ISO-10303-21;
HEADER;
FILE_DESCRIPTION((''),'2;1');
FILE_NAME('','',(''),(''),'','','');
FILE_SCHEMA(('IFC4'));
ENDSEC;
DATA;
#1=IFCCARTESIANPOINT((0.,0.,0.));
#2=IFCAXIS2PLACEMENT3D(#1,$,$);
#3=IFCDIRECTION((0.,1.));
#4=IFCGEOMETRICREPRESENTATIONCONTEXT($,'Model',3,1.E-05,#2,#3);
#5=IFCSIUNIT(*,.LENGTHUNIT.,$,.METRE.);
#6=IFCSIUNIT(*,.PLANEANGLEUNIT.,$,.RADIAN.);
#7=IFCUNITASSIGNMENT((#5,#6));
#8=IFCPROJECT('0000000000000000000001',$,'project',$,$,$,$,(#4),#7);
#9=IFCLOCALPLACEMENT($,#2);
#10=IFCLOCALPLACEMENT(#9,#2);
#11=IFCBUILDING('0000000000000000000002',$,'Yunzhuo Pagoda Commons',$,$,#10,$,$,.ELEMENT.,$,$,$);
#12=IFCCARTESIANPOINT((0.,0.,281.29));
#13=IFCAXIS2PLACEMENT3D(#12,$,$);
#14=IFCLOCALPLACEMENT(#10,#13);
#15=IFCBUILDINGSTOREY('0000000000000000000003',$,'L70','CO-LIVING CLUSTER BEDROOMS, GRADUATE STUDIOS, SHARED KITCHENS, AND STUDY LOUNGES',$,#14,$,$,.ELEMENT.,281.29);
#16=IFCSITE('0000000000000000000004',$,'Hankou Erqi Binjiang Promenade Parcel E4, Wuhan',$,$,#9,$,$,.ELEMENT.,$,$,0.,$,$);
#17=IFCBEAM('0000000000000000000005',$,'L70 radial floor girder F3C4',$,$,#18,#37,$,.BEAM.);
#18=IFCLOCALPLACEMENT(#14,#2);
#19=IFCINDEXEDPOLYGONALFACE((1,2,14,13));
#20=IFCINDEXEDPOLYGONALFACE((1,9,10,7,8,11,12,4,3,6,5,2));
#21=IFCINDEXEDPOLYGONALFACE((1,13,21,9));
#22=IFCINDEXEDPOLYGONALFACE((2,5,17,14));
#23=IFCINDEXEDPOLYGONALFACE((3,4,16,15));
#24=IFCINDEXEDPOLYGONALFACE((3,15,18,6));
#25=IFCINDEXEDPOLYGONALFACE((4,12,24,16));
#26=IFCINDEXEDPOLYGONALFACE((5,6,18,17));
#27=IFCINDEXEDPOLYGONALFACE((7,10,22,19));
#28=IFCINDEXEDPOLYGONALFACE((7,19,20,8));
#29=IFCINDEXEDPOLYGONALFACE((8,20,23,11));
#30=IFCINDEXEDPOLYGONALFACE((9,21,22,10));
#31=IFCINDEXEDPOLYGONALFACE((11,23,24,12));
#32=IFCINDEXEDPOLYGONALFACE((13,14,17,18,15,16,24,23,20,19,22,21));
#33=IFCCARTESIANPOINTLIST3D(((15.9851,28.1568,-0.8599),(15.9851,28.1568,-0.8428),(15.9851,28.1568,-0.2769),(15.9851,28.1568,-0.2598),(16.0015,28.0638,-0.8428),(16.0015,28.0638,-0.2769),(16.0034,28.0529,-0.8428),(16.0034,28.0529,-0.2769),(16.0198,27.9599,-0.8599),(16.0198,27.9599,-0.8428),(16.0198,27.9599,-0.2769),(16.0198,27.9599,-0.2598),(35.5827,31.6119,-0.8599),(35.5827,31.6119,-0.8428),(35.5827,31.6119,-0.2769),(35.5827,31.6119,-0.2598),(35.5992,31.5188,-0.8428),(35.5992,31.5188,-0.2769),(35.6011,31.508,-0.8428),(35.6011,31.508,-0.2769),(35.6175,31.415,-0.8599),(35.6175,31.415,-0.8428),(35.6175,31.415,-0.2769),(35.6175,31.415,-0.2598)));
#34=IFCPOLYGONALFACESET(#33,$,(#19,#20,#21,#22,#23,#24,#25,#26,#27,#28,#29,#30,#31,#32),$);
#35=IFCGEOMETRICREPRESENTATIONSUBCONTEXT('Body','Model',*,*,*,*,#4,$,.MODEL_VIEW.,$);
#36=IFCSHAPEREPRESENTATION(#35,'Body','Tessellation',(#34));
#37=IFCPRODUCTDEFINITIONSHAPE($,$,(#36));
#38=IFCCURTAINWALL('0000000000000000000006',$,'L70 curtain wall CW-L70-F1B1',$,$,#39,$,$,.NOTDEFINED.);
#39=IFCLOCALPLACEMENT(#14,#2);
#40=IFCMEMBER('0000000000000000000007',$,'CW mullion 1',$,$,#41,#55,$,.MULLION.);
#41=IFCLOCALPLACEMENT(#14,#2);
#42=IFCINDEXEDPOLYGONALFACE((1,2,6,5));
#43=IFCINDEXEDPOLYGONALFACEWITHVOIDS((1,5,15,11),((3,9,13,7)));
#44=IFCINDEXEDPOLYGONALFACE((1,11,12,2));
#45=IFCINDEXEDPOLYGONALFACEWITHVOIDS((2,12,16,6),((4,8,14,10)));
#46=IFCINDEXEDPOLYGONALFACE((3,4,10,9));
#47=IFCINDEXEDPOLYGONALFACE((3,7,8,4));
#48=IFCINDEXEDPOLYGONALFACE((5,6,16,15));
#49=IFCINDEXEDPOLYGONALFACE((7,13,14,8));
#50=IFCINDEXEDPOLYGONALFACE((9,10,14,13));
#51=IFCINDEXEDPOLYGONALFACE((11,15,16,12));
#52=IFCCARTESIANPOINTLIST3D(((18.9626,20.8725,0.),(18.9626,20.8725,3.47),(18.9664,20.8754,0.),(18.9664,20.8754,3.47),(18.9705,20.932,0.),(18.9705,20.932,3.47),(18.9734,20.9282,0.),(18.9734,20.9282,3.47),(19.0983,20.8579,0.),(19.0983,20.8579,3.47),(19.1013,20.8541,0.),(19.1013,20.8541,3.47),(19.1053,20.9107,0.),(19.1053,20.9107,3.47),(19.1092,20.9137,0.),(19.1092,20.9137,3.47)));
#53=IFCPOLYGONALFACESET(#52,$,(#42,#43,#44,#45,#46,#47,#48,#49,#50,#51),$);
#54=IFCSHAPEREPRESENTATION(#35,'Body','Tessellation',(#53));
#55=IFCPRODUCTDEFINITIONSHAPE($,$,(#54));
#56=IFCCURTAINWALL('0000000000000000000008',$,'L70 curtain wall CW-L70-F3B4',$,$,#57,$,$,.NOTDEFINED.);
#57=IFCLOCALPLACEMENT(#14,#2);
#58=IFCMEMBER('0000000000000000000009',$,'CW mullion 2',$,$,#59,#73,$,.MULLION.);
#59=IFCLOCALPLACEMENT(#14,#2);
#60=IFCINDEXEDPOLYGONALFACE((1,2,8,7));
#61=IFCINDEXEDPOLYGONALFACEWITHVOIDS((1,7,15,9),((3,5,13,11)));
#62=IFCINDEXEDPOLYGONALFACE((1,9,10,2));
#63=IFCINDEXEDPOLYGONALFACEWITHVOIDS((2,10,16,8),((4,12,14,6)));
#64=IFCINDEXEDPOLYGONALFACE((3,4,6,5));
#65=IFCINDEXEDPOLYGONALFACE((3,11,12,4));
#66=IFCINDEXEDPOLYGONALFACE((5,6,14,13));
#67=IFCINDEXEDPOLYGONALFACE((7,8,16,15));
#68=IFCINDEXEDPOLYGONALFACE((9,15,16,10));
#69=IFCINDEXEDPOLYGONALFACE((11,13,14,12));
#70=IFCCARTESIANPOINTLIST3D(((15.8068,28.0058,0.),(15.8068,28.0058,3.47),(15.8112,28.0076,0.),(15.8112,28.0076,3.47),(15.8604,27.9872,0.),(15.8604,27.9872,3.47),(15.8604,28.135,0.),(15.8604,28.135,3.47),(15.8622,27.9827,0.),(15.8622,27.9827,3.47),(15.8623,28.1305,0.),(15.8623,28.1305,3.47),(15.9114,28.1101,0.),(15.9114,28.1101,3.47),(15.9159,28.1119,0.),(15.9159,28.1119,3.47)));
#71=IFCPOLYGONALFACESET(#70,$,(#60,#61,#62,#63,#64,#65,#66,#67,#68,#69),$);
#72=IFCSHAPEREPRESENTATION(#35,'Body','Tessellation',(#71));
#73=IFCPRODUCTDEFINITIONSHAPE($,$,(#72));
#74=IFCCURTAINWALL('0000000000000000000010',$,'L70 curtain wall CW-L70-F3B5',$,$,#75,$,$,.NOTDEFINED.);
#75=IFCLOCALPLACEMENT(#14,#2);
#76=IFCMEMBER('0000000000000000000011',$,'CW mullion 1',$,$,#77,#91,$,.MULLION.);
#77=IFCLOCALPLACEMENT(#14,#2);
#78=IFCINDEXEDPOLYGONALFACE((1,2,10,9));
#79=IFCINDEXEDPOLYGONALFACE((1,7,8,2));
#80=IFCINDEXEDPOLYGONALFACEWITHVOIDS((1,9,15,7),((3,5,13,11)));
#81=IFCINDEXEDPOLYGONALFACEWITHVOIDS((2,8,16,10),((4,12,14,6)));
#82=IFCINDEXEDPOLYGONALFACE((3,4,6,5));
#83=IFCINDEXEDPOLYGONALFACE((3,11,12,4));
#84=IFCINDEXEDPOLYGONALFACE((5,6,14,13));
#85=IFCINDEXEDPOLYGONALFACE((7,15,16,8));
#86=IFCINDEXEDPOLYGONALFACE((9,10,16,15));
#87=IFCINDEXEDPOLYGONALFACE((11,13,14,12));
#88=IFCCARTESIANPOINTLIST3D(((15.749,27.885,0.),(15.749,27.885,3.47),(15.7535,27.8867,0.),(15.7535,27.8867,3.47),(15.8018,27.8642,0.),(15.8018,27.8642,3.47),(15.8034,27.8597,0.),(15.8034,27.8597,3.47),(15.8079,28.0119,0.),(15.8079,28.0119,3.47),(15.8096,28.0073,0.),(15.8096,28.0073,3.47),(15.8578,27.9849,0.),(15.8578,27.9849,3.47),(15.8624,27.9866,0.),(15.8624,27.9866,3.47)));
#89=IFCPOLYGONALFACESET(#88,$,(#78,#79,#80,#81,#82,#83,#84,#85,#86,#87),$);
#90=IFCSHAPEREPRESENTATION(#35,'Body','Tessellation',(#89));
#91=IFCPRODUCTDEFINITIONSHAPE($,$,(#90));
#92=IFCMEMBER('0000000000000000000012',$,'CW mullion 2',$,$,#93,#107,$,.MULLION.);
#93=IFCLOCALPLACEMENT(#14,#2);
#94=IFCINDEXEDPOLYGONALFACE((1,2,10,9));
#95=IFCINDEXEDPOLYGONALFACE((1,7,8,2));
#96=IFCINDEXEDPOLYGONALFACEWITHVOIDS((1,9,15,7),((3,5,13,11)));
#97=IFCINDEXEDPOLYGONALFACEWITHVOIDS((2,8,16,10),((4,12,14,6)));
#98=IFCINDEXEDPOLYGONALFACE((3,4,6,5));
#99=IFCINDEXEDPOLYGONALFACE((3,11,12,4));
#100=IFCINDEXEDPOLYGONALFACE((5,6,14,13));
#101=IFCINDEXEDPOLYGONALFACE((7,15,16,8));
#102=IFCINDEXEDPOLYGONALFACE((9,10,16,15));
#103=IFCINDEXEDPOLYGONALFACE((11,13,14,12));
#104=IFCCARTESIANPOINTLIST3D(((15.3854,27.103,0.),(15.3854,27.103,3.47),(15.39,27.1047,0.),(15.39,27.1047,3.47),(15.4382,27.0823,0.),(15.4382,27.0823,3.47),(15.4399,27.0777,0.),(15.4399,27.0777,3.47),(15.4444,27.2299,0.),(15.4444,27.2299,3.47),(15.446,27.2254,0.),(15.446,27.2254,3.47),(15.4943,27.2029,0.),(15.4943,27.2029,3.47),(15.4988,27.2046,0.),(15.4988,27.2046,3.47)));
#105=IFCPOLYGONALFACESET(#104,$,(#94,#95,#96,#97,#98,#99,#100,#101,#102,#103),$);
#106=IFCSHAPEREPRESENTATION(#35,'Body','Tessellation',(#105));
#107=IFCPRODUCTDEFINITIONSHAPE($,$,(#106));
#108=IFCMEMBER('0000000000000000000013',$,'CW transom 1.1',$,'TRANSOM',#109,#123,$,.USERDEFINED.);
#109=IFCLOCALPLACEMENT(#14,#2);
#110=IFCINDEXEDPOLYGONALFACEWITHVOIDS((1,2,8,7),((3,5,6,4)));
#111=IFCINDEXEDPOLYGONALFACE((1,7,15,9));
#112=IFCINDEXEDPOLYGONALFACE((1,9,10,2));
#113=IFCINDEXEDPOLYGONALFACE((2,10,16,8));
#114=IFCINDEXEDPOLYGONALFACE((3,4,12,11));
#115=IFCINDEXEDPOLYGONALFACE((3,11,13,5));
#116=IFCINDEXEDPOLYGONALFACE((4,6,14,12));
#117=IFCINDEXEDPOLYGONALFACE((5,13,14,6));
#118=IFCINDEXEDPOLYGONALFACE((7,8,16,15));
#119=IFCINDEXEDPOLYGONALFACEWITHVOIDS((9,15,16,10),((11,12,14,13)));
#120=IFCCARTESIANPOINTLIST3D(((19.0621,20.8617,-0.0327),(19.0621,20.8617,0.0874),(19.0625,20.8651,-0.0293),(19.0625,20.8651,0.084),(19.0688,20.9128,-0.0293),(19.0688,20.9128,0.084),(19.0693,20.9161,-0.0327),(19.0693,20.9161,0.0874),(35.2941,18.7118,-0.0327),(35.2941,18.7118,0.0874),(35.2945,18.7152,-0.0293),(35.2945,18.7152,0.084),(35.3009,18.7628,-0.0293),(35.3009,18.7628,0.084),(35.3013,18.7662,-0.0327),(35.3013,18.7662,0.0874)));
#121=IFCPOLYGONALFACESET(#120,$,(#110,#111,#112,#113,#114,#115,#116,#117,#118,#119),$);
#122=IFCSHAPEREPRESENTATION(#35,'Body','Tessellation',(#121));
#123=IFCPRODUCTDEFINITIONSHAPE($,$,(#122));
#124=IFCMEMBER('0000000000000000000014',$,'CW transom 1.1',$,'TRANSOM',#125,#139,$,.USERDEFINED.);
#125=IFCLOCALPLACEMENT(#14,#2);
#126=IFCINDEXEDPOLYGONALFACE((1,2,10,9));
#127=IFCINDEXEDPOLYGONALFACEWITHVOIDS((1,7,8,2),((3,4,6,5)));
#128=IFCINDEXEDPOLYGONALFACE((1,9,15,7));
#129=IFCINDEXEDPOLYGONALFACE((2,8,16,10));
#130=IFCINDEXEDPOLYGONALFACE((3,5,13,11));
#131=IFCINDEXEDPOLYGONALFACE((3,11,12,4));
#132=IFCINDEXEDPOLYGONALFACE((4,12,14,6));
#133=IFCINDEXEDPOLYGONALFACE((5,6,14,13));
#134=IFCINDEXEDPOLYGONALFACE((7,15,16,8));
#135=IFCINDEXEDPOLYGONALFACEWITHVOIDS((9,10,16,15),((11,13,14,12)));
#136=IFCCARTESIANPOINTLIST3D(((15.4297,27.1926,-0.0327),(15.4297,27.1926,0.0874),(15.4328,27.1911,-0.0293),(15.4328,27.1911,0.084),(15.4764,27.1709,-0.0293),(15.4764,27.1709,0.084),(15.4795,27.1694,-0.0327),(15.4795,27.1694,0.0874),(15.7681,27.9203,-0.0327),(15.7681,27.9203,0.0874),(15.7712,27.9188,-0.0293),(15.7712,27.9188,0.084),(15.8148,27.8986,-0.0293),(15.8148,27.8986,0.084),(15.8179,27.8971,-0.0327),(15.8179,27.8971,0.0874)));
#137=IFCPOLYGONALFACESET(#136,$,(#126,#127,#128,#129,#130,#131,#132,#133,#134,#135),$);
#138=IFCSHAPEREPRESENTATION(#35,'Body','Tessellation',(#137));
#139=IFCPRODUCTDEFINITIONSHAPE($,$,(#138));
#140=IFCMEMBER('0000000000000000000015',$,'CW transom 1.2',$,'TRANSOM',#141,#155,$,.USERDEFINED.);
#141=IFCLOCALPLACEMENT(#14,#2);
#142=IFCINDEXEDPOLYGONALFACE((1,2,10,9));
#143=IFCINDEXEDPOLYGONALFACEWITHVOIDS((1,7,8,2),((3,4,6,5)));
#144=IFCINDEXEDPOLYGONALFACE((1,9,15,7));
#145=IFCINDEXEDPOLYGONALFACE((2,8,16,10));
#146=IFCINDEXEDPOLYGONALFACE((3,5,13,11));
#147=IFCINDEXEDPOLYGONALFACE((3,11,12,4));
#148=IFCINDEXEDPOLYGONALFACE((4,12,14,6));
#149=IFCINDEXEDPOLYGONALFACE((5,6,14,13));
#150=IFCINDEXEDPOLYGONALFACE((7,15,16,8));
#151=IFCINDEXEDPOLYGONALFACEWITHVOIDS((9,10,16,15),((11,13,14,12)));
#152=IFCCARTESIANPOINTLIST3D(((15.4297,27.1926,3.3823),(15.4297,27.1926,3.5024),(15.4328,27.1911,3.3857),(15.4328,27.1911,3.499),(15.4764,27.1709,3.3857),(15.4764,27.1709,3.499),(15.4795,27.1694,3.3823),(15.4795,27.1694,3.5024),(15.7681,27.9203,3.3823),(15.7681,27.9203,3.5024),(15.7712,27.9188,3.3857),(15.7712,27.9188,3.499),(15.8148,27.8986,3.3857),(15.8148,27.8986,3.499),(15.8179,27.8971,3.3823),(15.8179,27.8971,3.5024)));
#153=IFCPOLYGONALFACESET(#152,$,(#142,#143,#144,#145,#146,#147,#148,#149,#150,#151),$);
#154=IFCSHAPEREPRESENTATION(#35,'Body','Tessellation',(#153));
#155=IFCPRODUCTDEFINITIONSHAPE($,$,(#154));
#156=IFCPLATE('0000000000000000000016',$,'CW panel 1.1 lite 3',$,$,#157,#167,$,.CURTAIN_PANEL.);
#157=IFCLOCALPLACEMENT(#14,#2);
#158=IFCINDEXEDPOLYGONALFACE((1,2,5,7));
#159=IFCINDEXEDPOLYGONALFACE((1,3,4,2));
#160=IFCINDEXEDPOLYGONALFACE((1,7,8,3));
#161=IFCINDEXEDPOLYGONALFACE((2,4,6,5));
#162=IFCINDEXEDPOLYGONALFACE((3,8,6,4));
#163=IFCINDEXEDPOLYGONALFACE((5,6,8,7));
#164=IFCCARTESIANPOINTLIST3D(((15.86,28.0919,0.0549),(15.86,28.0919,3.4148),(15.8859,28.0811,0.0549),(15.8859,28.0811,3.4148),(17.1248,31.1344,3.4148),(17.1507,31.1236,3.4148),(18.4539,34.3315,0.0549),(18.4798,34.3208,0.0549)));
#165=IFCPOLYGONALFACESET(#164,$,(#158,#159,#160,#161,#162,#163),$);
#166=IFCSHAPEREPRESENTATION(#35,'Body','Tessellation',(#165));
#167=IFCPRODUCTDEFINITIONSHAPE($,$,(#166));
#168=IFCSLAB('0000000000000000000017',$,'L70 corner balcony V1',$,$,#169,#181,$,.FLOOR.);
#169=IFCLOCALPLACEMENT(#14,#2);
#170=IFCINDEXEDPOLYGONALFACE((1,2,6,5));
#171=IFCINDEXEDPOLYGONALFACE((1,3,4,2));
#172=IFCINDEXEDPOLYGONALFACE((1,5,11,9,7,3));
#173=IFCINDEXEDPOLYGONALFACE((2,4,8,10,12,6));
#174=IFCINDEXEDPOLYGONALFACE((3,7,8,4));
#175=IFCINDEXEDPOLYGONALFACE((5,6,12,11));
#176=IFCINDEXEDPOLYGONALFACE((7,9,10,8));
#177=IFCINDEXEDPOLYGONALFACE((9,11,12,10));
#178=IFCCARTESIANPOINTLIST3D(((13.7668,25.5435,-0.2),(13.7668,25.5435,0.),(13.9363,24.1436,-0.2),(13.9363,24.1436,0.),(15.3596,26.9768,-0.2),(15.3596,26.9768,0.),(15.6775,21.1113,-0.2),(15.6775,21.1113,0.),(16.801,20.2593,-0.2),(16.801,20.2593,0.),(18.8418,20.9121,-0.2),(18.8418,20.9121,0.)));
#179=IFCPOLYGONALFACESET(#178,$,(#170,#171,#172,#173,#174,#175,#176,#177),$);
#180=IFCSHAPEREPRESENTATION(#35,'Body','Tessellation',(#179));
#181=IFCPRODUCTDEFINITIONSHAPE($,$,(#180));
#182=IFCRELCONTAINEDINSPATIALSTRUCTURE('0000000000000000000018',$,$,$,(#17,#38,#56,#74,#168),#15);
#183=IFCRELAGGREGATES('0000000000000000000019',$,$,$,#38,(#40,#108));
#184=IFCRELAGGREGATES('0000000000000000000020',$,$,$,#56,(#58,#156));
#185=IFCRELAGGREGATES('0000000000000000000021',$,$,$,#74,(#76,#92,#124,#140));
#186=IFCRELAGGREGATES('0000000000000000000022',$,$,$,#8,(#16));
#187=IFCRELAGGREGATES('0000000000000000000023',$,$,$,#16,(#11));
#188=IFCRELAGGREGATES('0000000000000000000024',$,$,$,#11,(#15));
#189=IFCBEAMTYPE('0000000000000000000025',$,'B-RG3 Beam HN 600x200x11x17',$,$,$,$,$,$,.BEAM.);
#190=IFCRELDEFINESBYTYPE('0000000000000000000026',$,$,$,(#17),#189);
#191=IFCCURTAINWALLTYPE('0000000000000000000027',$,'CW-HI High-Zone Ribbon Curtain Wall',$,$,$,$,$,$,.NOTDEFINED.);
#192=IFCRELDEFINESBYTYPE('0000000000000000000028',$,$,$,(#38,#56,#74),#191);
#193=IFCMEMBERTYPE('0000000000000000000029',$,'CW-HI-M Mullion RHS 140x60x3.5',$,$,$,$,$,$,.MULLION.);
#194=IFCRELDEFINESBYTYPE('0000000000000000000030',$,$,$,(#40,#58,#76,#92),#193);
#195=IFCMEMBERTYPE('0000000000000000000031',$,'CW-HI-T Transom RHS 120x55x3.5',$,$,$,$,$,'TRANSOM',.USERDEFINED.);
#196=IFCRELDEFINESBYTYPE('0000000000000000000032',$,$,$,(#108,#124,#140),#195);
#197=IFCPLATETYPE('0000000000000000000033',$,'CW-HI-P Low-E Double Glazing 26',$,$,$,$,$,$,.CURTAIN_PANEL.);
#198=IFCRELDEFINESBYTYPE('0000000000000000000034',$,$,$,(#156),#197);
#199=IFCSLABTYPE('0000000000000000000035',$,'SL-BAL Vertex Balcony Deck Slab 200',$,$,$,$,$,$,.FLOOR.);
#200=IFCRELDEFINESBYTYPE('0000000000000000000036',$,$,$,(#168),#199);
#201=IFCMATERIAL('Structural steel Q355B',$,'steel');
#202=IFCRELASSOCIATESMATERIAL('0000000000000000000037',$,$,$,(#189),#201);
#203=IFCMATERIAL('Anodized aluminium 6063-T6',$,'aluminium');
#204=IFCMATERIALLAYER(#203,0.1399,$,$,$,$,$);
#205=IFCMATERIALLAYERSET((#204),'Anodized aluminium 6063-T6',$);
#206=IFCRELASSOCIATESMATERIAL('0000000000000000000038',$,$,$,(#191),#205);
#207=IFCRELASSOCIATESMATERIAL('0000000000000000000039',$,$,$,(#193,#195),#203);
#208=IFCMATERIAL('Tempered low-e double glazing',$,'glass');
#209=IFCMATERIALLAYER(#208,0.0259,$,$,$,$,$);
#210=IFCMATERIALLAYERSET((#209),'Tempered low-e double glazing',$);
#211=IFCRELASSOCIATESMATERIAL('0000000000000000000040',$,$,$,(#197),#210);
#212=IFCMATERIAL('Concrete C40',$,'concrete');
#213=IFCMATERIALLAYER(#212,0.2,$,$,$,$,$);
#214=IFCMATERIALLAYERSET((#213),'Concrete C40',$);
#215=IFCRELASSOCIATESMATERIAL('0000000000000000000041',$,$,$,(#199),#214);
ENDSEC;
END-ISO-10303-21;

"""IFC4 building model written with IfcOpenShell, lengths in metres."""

from ifc_helpers import new_model, si_unit, direction, frame, origin, origin_2d, place, context, subcontext, project, spatial, polyline, hollow_rectangle, i_section, outline, extrude, source, transform, mapped, material, layer, layer_set, material_profile, profile_set, type_object, element, aggregate, save


model = new_model("IFC4")

# Units and contexts
model_context = context("Model", 3, precision=1e-05, world=origin(), true_north=direction((0.0, 1.0)))
body_context = subcontext(model_context, "Body", "Model", "MODEL_VIEW")
ifc_project = project(units=[si_unit("LENGTHUNIT", "METRE"), si_unit("PLANEANGLEUNIT", "RADIAN")], contexts=[model_context])

# Site, building, storey
site_placement = place(None, origin())
site = spatial("IfcSite", under=ifc_project, at=site_placement, Name="Hankou Erqi Binjiang Promenade Parcel E4, Wuhan", CompositionType="ELEMENT", RefElevation=0.0)
building_placement = place(site_placement, origin())
building = spatial("IfcBuilding", under=site, at=building_placement, Name="Yunzhuo Pagoda Commons", CompositionType="ELEMENT")
storey_placement = place(building_placement, frame((0.0, 0.0, 281.29)))
storey = spatial("IfcBuildingStorey", under=building, at=storey_placement, Name="L70", Description="CO-LIVING CLUSTER BEDROOMS, GRADUATE STUDIOS, SHARED KITCHENS, AND STUDY LOUNGES", CompositionType="ELEMENT", Elevation=281.29)

# Beam
ifc_material_1 = material(Name="Structural steel Q355B", Category="steel")
ifc_material_profile_1 = material_profile(ifc_material_1, i_section(OverallWidth=0.2, OverallDepth=0.6001, WebThickness=0.011, FlangeThickness=0.0171, at=origin_2d()), Name="Structural steel Q355B")
ifc_profile_set_1 = profile_set([ifc_material_profile_1], Name="Structural steel Q355B")
beam_type = type_object("IfcBeamType", Name="B-RG3 Beam HN 600x200x11x17", PredefinedType="BEAM", material=ifc_profile_set_1)
shared_shape_1 = source(origin(), body_context, "Body", "SweptSolid", [
    extrude(i_section(OverallWidth=0.2, OverallDepth=0.6001, WebThickness=0.011, FlangeThickness=0.0171, at=origin_2d()), origin(), (0.0, 0.0, 1.0), 19.8999),
])
beam_placement = place(storey_placement, frame((16.0024, 28.0583, -0.5598), z_axis=(0.984812, 0.173623, 0.0), x_axis=(-0.173623, 0.984812, 0.0)))
element("IfcBeam", 1, at=beam_placement, inside=storey, type_object=beam_type, Name="L70 radial floor girder F3C4", PredefinedType="BEAM", context=body_context, shape_type="MappedRepresentation", body=[
    mapped(shared_shape_1, transform((0.0, 0.0, 0.0), scale=1.0)),
])

# Curtain walls, members
ifc_material_2 = material(Name="Anodized aluminium 6063-T6", Category="aluminium")
ifc_layer_1 = layer(ifc_material_2, 0.1399)
ifc_layer_set_1 = layer_set([ifc_layer_1], Name="Anodized aluminium 6063-T6")
curtain_wall_type = type_object("IfcCurtainWallType", Name="CW-HI High-Zone Ribbon Curtain Wall", PredefinedType="NOTDEFINED", material=ifc_layer_set_1)
curtain_wall_1_placement = place(storey_placement, origin())
curtain_wall_1 = element("IfcCurtainWall", 2, at=curtain_wall_1_placement, inside=storey, type_object=curtain_wall_type, Name="L70 curtain wall CW-L70-F1B1", PredefinedType="NOTDEFINED")
ifc_material_profile_2 = material_profile(ifc_material_2, hollow_rectangle(XDim=0.0601, YDim=0.1399, WallThickness=0.0034, at=origin_2d()), Name="Anodized aluminium 6063-T6")
ifc_profile_set_2 = profile_set([ifc_material_profile_2], Name="Anodized aluminium 6063-T6")
member_type_1 = type_object("IfcMemberType", Name="CW-HI-M Mullion RHS 140x60x3.5", PredefinedType="MULLION", material=ifc_profile_set_2)
shared_shape_2 = source(origin(), body_context, "Body", "SweptSolid", [
    extrude(hollow_rectangle(XDim=0.0601, YDim=0.1399, WallThickness=0.0034, at=origin_2d()), origin(), (0.0, 0.0, 1.0), 3.47),
])
member_1_placement = place(storey_placement, frame((19.0359, 20.8931, 0.0), z_axis=(0.0, 0.0, 1.0), x_axis=(0.131311, 0.991341, 0.0)))
member_1 = element("IfcMember", 3, at=member_1_placement, type_object=member_type_1, Name="CW mullion 1", PredefinedType="MULLION", context=body_context, shape_type="MappedRepresentation", body=[
    mapped(shared_shape_2, transform((0.0, 0.0, 0.0), scale=1.0)),
])
curtain_wall_2_placement = place(storey_placement, origin())
curtain_wall_2 = element("IfcCurtainWall", 4, at=curtain_wall_2_placement, inside=storey, type_object=curtain_wall_type, Name="L70 curtain wall CW-L70-F3B4", PredefinedType="NOTDEFINED")
member_2_placement = place(storey_placement, frame((15.8613, 28.0588, 0.0), z_axis=(0.0, 0.0, 1.0), x_axis=(0.923394, -0.383855, 0.0)))
member_2 = element("IfcMember", 5, at=member_2_placement, type_object=member_type_1, Name="CW mullion 2", PredefinedType="MULLION", context=body_context, shape_type="MappedRepresentation", body=[
    mapped(shared_shape_2, transform((0.0, 0.0, 0.0), scale=1.0)),
])

# Curtain wall, members
curtain_wall_3_placement = place(storey_placement, origin())
curtain_wall_3 = element("IfcCurtainWall", 6, at=curtain_wall_3_placement, inside=storey, type_object=curtain_wall_type, Name="L70 curtain wall CW-L70-F3B5", PredefinedType="NOTDEFINED")
member_3_placement = place(storey_placement, frame((15.8057, 27.9358, 0.0), z_axis=(0.0, 0.0, 1.0), x_axis=(0.906871, -0.421407, 0.0)))
member_3 = element("IfcMember", 7, at=member_3_placement, type_object=member_type_1, Name="CW mullion 1", PredefinedType="MULLION", context=body_context, shape_type="MappedRepresentation", body=[
    mapped(shared_shape_2, transform((0.0, 0.0, 0.0), scale=1.0)),
])
member_4_placement = place(storey_placement, frame((15.4421, 27.1538, 0.0), z_axis=(0.0, 0.0, 1.0), x_axis=(0.906871, -0.421407, 0.0)))
member_4 = element("IfcMember", 8, at=member_4_placement, type_object=member_type_1, Name="CW mullion 2", PredefinedType="MULLION", context=body_context, shape_type="MappedRepresentation", body=[
    mapped(shared_shape_2, transform((0.0, 0.0, 0.0), scale=1.0)),
])

# Members
ifc_material_profile_3 = material_profile(ifc_material_2, hollow_rectangle(XDim=0.0549, YDim=0.1201, WallThickness=0.0034, at=origin_2d()), Name="Anodized aluminium 6063-T6")
ifc_profile_set_3 = profile_set([ifc_material_profile_3], Name="Anodized aluminium 6063-T6")
member_type_2 = type_object("IfcMemberType", Name="CW-HI-T Transom RHS 120x55x3.5", ElementType="TRANSOM", PredefinedType="USERDEFINED", material=ifc_profile_set_3)
shared_shape_3 = source(origin(), body_context, "Body", "SweptSolid", [
    extrude(hollow_rectangle(XDim=0.0549, YDim=0.1201, WallThickness=0.0034, at=origin_2d()), origin(), (0.0, 0.0, 1.0), 16.3738),
])
member_5_placement = place(storey_placement, frame((19.0657, 20.8889, 0.0273), z_axis=(0.991342, -0.131302, 0.0), x_axis=(0.131302, 0.991342, 0.0)))
member_5 = element("IfcMember", 9, at=member_5_placement, type_object=member_type_2, Name="CW transom 1.1", ObjectType="TRANSOM", PredefinedType="USERDEFINED", context=body_context, shape_type="MappedRepresentation", body=[
    mapped(shared_shape_3, transform((0.0, 0.0, 0.0), scale=1.0)),
])
aggregate(curtain_wall_1, [member_1, member_5])
shared_shape_4 = source(origin(), body_context, "Body", "SweptSolid", [
    extrude(hollow_rectangle(XDim=0.0549, YDim=0.1201, WallThickness=0.0034, at=origin_2d()), origin(), (0.0, 0.0, 1.0), 0.8025),
])
member_6_placement = place(storey_placement, frame((15.793, 27.9087, 0.0273), z_axis=(-0.421603, -0.906781, 0.0), x_axis=(0.906781, -0.421603, 0.0)))
member_6 = element("IfcMember", 10, at=member_6_placement, type_object=member_type_2, Name="CW transom 1.1", ObjectType="TRANSOM", PredefinedType="USERDEFINED", context=body_context, shape_type="MappedRepresentation", body=[
    mapped(shared_shape_4, transform((0.0, 0.0, 0.0), scale=1.0)),
])
member_7_placement = place(storey_placement, frame((15.793, 27.9087, 3.4424), z_axis=(-0.421603, -0.906781, 0.0), x_axis=(0.906781, -0.421603, 0.0)))
member_7 = element("IfcMember", 11, at=member_7_placement, type_object=member_type_2, Name="CW transom 1.2", ObjectType="TRANSOM", PredefinedType="USERDEFINED", context=body_context, shape_type="MappedRepresentation", body=[
    mapped(shared_shape_4, transform((0.0, 0.0, 0.0), scale=1.0)),
])

# Plate
ifc_material_3 = material(Name="Tempered low-e double glazing", Category="glass")
ifc_layer_2 = layer(ifc_material_3, 0.0259)
ifc_layer_set_2 = layer_set([ifc_layer_2], Name="Tempered low-e double glazing")
plate_type = type_object("IfcPlateType", Name="CW-HI-P Low-E Double Glazing 26", PredefinedType="CURTAIN_PANEL", material=ifc_layer_set_2)
plate_1_placement = place(storey_placement, frame((17.1829, 31.2009, 1.7349), z_axis=(-0.923394, 0.383855, 0.0), x_axis=(-0.383855, -0.923394, 0.0)))
plate_1 = element("IfcPlate", 12, at=plate_1_placement, type_object=plate_type, Name="CW panel 1.1 lite 3", PredefinedType="CURTAIN_PANEL", context=body_context, shape_type="SweptSolid", body=[
    extrude(outline(polyline([(-3.3787, -1.6799), (3.3787, -1.6799), (3.3787, 1.6799), (0.0837, 1.6799), (-3.3787, -1.6799)])), origin(), (0.0, 0.0, 1.0), 0.0281),
])
aggregate(curtain_wall_2, [member_2, plate_1])

# Slab
ifc_material_4 = material(Name="Concrete C40", Category="concrete")
ifc_layer_3 = layer(ifc_material_4, 0.2)
ifc_layer_set_3 = layer_set([ifc_layer_3], Name="Concrete C40")
slab_type_1 = type_object("IfcSlabType", Name="SL-BAL Vertex Balcony Deck Slab 200", PredefinedType="FLOOR", material=ifc_layer_set_3)
slab_1_placement = place(storey_placement, frame((0.0, 0.0, -0.2)))
element("IfcSlab", 13, at=slab_1_placement, inside=storey, type_object=slab_type_1, Name="L70 corner balcony V1", PredefinedType="FLOOR", context=body_context, shape_type="SweptSolid", body=[
    extrude(outline(polyline([(15.3596, 26.9768), (18.8418, 20.9121), (16.801, 20.2593), (15.6775, 21.1113), (13.9363, 24.1436), (13.7668, 25.5435), (15.3596, 26.9768)])), origin(), (0.0, 0.0, 1.0), 0.2),
])

aggregate(curtain_wall_3, [member_3, member_4, member_6, member_7])

save(model, "model.ifc")
